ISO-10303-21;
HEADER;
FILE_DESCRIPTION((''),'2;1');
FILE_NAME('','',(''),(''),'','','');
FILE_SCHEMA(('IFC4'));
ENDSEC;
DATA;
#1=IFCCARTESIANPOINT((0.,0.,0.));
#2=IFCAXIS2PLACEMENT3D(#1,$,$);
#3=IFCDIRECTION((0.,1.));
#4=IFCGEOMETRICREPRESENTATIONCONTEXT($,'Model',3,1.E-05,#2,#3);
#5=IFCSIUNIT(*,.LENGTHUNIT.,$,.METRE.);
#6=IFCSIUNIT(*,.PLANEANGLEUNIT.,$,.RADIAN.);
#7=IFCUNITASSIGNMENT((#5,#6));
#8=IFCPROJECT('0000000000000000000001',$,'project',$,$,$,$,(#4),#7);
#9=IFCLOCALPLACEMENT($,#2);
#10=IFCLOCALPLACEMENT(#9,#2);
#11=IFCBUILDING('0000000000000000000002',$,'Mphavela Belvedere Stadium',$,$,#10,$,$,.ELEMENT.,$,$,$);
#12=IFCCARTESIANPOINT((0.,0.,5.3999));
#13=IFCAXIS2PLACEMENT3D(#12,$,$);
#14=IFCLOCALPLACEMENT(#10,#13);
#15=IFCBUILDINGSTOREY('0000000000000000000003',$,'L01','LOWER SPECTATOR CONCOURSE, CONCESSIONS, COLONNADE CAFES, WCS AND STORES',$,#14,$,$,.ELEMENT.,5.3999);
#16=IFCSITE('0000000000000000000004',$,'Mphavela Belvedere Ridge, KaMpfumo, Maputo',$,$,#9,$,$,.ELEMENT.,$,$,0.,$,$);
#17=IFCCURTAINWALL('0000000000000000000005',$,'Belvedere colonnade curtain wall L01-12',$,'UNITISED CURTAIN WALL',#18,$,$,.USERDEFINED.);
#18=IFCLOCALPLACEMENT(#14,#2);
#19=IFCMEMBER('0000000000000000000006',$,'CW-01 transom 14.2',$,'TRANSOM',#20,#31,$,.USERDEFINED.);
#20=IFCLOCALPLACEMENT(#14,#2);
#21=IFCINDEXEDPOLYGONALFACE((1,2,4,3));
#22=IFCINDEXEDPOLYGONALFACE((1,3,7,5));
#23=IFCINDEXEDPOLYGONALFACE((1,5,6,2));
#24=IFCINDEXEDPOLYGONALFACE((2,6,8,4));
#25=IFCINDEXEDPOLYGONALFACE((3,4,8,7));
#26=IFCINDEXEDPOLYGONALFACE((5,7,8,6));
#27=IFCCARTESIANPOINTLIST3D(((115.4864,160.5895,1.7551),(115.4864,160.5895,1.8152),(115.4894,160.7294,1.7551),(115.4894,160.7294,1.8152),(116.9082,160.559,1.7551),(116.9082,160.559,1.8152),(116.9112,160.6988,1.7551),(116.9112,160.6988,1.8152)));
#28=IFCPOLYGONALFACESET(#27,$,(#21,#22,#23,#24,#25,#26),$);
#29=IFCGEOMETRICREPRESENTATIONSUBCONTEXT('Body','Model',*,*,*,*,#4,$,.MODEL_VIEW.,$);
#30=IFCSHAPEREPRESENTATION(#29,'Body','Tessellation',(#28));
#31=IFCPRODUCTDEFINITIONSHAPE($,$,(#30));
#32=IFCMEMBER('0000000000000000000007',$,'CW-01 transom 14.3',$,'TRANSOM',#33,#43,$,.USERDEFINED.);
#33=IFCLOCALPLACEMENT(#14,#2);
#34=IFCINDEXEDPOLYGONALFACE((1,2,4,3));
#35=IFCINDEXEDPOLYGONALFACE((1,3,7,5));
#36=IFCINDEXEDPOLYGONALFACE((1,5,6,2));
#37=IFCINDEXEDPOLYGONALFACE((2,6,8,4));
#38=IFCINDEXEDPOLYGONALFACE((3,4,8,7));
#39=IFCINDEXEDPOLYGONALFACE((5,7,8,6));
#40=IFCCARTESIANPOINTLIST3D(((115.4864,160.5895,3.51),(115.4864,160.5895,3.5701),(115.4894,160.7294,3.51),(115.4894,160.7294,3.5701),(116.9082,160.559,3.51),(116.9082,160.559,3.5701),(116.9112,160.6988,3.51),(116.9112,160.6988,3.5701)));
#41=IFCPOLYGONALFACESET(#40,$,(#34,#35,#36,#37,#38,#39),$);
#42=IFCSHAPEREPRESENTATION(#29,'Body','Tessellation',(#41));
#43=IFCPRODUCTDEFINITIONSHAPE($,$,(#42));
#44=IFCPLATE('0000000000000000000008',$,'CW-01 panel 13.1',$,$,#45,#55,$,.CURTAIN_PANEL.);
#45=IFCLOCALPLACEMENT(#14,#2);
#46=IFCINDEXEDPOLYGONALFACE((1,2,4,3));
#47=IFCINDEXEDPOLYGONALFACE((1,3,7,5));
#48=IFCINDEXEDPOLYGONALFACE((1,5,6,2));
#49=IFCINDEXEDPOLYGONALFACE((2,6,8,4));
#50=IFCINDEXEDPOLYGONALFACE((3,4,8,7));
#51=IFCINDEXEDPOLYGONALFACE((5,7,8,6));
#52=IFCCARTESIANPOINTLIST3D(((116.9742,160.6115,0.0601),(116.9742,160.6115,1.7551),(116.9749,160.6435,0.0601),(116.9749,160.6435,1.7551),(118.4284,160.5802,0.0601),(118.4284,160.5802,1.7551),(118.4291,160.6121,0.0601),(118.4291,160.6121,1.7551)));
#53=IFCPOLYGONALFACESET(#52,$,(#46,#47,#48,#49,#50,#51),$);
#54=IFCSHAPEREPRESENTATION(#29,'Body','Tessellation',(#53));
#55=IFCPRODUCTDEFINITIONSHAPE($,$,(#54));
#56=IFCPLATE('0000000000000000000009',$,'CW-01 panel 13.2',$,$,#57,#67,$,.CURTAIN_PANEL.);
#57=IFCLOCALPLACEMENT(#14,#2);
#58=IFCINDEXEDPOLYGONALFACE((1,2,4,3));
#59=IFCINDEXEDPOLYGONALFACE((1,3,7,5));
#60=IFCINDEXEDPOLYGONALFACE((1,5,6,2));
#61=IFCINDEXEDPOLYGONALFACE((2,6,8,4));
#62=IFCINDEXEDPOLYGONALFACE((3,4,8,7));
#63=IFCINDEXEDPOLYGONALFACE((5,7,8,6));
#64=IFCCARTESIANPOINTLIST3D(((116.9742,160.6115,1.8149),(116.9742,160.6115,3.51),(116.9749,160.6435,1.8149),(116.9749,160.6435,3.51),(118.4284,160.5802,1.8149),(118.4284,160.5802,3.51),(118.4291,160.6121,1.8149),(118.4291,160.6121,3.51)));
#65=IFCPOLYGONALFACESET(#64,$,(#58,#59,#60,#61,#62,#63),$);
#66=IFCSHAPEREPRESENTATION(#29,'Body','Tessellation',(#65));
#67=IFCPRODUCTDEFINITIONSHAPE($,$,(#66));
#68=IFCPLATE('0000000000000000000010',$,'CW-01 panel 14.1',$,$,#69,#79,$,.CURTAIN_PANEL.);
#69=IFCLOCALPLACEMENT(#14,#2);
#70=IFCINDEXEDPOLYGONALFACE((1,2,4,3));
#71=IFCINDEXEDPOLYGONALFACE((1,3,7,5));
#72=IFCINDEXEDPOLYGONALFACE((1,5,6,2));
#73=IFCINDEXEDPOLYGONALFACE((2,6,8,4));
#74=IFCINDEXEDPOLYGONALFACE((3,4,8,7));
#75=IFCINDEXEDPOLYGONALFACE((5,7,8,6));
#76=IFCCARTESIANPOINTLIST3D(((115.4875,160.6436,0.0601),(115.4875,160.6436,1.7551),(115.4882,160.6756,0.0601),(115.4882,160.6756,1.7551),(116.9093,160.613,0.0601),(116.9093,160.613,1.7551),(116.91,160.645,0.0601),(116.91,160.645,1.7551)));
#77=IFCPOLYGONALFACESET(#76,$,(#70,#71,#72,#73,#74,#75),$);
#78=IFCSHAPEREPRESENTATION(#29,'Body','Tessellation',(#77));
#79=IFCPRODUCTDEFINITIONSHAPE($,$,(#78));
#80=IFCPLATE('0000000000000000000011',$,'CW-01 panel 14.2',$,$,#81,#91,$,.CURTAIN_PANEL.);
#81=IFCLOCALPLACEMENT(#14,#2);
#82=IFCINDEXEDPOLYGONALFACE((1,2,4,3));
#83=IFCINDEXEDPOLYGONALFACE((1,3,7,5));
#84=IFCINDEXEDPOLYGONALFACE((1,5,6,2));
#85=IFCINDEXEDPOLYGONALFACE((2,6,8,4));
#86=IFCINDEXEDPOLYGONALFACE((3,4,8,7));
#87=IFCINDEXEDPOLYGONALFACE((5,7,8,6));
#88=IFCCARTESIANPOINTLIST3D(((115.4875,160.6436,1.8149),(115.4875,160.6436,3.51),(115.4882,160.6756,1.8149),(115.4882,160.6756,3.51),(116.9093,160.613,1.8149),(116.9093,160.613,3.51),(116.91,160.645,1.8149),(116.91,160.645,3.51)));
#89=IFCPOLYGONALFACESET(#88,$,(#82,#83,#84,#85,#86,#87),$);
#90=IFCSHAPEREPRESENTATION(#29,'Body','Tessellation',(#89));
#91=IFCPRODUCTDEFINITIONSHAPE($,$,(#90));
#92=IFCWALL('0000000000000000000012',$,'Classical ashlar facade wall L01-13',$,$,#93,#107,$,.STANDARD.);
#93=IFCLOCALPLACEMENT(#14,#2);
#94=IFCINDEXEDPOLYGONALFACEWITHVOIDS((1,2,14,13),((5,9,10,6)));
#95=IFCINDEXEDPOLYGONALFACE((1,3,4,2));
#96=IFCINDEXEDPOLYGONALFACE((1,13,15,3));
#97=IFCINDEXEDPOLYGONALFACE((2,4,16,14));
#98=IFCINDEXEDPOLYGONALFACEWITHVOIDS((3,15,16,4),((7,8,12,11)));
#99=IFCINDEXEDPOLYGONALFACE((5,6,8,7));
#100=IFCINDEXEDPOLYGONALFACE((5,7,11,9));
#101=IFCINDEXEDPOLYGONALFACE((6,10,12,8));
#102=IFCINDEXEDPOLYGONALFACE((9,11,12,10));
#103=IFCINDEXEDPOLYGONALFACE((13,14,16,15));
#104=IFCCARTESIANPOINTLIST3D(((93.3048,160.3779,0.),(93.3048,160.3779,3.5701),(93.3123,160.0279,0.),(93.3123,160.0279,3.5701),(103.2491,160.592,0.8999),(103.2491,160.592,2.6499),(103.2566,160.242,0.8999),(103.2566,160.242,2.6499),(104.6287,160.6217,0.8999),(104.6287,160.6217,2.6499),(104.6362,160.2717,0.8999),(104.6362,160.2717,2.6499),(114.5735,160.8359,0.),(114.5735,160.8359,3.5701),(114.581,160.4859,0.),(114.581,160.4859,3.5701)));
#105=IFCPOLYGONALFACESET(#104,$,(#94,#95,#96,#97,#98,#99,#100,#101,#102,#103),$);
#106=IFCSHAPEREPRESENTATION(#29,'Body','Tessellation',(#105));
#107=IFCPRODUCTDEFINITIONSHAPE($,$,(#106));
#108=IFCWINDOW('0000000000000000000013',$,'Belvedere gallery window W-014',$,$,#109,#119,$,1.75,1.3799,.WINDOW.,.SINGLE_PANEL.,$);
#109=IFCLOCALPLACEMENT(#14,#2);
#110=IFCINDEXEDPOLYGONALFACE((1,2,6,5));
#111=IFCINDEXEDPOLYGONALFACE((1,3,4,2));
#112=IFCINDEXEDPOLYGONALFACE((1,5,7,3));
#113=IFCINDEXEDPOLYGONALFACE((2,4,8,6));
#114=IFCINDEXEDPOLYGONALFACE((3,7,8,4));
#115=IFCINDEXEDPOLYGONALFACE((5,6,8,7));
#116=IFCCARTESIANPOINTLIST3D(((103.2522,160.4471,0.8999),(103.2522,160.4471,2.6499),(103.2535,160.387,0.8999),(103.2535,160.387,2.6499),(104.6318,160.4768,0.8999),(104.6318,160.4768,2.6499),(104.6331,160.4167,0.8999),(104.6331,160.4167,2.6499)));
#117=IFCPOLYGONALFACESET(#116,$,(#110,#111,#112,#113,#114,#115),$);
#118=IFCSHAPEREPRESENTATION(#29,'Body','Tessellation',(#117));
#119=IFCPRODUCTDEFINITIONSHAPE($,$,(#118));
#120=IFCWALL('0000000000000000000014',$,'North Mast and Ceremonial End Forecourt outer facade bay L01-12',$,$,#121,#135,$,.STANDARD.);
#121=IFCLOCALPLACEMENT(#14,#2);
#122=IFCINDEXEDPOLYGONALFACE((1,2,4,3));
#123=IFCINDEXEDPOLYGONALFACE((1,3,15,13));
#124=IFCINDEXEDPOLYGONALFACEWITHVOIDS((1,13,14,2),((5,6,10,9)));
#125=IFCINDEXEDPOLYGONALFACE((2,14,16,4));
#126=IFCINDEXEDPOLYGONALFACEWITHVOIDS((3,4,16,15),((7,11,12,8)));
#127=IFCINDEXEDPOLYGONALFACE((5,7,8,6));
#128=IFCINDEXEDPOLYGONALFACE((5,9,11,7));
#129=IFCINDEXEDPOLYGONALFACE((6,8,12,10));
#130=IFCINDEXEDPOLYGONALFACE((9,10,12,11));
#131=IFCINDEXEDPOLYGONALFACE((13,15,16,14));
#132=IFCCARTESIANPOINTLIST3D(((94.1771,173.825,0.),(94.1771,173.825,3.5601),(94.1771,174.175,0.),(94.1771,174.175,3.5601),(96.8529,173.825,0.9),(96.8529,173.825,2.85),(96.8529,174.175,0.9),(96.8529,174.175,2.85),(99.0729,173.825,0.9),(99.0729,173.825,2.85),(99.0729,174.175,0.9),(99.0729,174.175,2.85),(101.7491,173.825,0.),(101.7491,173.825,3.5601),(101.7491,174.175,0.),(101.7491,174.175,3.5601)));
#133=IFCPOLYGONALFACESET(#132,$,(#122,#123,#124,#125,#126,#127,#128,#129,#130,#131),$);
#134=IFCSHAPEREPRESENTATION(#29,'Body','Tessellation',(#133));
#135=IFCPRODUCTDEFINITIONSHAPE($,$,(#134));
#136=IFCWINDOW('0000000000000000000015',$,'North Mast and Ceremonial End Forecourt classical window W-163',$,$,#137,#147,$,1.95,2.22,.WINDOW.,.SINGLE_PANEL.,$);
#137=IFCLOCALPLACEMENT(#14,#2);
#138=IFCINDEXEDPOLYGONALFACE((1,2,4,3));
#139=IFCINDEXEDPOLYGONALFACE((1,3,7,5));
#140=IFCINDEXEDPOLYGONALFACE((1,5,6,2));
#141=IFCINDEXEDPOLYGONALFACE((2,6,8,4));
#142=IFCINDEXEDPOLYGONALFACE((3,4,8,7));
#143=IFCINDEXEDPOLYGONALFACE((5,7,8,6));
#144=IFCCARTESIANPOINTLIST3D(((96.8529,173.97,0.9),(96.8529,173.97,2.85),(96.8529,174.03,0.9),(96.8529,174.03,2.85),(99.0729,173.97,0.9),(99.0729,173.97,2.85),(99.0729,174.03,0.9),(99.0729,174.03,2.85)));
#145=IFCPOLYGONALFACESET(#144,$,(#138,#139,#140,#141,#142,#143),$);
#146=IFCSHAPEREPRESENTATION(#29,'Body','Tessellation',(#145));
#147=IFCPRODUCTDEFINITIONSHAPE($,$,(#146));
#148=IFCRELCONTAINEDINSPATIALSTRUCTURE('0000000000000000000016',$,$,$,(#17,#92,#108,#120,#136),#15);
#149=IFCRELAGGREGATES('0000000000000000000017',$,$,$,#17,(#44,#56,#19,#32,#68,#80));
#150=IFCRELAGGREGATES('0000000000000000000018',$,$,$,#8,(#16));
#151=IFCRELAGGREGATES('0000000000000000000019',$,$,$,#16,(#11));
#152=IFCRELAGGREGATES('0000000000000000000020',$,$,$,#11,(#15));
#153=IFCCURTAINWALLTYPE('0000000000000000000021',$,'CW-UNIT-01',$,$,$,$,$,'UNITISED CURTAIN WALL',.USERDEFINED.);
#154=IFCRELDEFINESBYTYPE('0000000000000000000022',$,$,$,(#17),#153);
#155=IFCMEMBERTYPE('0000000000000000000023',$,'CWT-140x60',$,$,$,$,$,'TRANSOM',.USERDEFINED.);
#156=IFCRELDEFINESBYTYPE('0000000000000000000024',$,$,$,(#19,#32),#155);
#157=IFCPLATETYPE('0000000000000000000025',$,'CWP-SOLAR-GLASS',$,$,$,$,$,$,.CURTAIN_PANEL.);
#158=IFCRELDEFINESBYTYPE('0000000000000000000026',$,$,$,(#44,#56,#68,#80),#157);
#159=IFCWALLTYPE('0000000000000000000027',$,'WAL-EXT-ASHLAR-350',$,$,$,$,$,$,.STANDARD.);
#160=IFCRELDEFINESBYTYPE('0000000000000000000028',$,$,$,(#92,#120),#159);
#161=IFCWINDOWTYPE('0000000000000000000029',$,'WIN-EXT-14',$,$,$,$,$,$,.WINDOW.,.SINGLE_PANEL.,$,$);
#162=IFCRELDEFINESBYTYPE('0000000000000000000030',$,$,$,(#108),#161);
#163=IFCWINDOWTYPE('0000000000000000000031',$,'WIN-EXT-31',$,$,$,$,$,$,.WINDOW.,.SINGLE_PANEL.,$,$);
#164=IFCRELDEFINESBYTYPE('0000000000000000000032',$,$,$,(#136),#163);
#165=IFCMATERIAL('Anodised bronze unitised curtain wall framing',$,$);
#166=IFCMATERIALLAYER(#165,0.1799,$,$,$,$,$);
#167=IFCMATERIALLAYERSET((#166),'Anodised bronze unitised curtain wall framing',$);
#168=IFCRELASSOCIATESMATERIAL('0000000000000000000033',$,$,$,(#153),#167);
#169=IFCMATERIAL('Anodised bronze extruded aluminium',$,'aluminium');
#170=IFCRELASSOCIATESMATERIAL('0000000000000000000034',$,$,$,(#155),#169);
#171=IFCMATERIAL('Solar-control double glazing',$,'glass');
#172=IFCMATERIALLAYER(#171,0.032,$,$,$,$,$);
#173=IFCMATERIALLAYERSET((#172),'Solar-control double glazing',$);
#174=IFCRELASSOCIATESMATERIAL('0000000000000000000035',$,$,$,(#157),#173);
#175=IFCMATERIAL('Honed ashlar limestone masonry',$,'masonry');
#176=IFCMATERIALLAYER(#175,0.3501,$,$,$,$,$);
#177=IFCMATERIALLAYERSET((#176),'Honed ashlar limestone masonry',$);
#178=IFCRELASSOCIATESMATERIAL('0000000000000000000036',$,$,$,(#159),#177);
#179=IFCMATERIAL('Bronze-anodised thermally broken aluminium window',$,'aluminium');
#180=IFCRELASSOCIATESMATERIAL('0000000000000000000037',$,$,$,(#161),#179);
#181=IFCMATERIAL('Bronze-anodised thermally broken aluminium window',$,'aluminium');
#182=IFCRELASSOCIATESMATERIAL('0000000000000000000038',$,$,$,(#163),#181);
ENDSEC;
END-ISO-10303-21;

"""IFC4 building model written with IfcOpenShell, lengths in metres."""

from ifc_helpers import new_model, si_unit, direction, frame, frame_2d, origin, origin_2d, place, context, subcontext, project, spatial, rectangle, extrude, material, layer, layer_set, material_profile, profile_set, type_object, element, fill, aggregate, save


model = new_model("IFC4")

# Units and contexts
model_context = context("Model", 3, precision=1e-05, world=origin(), true_north=direction((0.0, 1.0)))
body_context = subcontext(model_context, "Body", "Model", "MODEL_VIEW")
ifc_project = project(units=[si_unit("LENGTHUNIT", "METRE"), si_unit("PLANEANGLEUNIT", "RADIAN")], contexts=[model_context])

# Site, building, storey
site_placement = place(None, origin())
site = spatial("IfcSite", under=ifc_project, at=site_placement, Name="Mphavela Belvedere Ridge, KaMpfumo, Maputo", CompositionType="ELEMENT", RefElevation=0.0)
building_placement = place(site_placement, origin())
building = spatial("IfcBuilding", under=site, at=building_placement, Name="Mphavela Belvedere Stadium", CompositionType="ELEMENT")
storey_placement = place(building_placement, frame((0.0, 0.0, 5.3999)))
storey = spatial("IfcBuildingStorey", under=building, at=storey_placement, Name="L01", Description="LOWER SPECTATOR CONCOURSE, CONCESSIONS, COLONNADE CAFES, WCS AND STORES", CompositionType="ELEMENT", Elevation=5.3999)

# Curtain wall, members, plates
ifc_material_1 = material(Name="Anodised bronze unitised curtain wall framing")
ifc_layer_1 = layer(ifc_material_1, 0.1799)
ifc_layer_set_1 = layer_set([ifc_layer_1], Name="Anodised bronze unitised curtain wall framing")
curtain_wall_type = type_object("IfcCurtainWallType", Name="CW-UNIT-01", ElementType="UNITISED CURTAIN WALL", PredefinedType="USERDEFINED", material=ifc_layer_set_1)
curtain_wall_placement = place(storey_placement, origin())
curtain_wall = element("IfcCurtainWall", 1, at=curtain_wall_placement, inside=storey, type_object=curtain_wall_type, Name="Belvedere colonnade curtain wall L01-12", ObjectType="UNITISED CURTAIN WALL", PredefinedType="USERDEFINED")
ifc_material_2 = material(Name="Anodised bronze extruded aluminium", Category="aluminium")
ifc_material_profile_1 = material_profile(ifc_material_2, rectangle(XDim=0.1399, YDim=0.0601, at=origin_2d()), Name="CW-TRN 140x60")
ifc_profile_set_1 = profile_set([ifc_material_profile_1], Name="Anodised bronze extruded aluminium")
member_type_1 = type_object("IfcMemberType", Name="CWT-140x60", ElementType="TRANSOM", PredefinedType="USERDEFINED", material=ifc_profile_set_1)
member_1_placement = place(storey_placement, frame((116.9097, 160.6289, 1.7852), z_axis=(-0.99977, 0.021458, 0.0), x_axis=(-0.021458, -0.99977, 0.0)))
member_1 = element("IfcMember", 2, at=member_1_placement, type_object=member_type_1, Name="CW-01 transom 14.2", ObjectType="TRANSOM", PredefinedType="USERDEFINED", context=body_context, shape_type="SweptSolid", body=[
    extrude(rectangle(XDim=0.1399, YDim=0.0601, at=origin_2d()), origin(), (0.0, 0.0, 1.0), 1.4221),
])
member_2_placement = place(storey_placement, frame((116.9097, 160.6289, 3.54), z_axis=(-0.99977, 0.021458, 0.0), x_axis=(-0.021458, -0.99977, 0.0)))
member_2 = element("IfcMember", 3, at=member_2_placement, type_object=member_type_1, Name="CW-01 transom 14.3", ObjectType="TRANSOM", PredefinedType="USERDEFINED", context=body_context, shape_type="SweptSolid", body=[
    extrude(rectangle(XDim=0.1399, YDim=0.0601, at=origin_2d()), origin(), (0.0, 0.0, 1.0), 1.4221),
])
ifc_material_3 = material(Name="Solar-control double glazing", Category="glass")
ifc_layer_2 = layer(ifc_material_3, 0.032)
ifc_layer_set_2 = layer_set([ifc_layer_2], Name="Solar-control double glazing")
plate_type = type_object("IfcPlateType", Name="CWP-SOLAR-GLASS", PredefinedType="CURTAIN_PANEL", material=ifc_layer_set_2)
plate_1_placement = place(storey_placement, frame((117.7017, 160.6118, 0.0601), z_axis=(0.0, 0.0, 1.0), x_axis=(-0.999768, 0.021529, 0.0)))
plate_1 = element("IfcPlate", 4, at=plate_1_placement, type_object=plate_type, Name="CW-01 panel 13.1", PredefinedType="CURTAIN_PANEL", context=body_context, shape_type="SweptSolid", body=[
    extrude(rectangle(XDim=1.4546, YDim=0.032, at=origin_2d()), origin(), (0.0, 0.0, 1.0), 1.6951),
])
plate_2_placement = place(storey_placement, frame((117.7017, 160.6118, 1.8149), z_axis=(0.0, 0.0, 1.0), x_axis=(-0.999768, 0.021529, 0.0)))
plate_2 = element("IfcPlate", 5, at=plate_2_placement, type_object=plate_type, Name="CW-01 panel 13.2", PredefinedType="CURTAIN_PANEL", context=body_context, shape_type="SweptSolid", body=[
    extrude(rectangle(XDim=1.4546, YDim=0.032, at=origin_2d()), origin(), (0.0, 0.0, 1.0), 1.6951),
])
plate_3_placement = place(storey_placement, frame((116.1987, 160.6443, 0.0601), z_axis=(0.0, 0.0, 1.0), x_axis=(-0.999768, 0.021529, 0.0)))
plate_3 = element("IfcPlate", 6, at=plate_3_placement, type_object=plate_type, Name="CW-01 panel 14.1", PredefinedType="CURTAIN_PANEL", context=body_context, shape_type="SweptSolid", body=[
    extrude(rectangle(XDim=1.4221, YDim=0.032, at=origin_2d()), origin(), (0.0, 0.0, 1.0), 1.6951),
])
plate_4_placement = place(storey_placement, frame((116.1987, 160.6443, 1.8149), z_axis=(0.0, 0.0, 1.0), x_axis=(-0.999768, 0.021529, 0.0)))
plate_4 = element("IfcPlate", 7, at=plate_4_placement, type_object=plate_type, Name="CW-01 panel 14.2", PredefinedType="CURTAIN_PANEL", context=body_context, shape_type="SweptSolid", body=[
    extrude(rectangle(XDim=1.4221, YDim=0.032, at=origin_2d()), origin(), (0.0, 0.0, 1.0), 1.6951),
])
aggregate(curtain_wall, [plate_1, plate_2, member_1, member_2, plate_3, plate_4])

# Walls, openings, windows
ifc_material_4 = material(Name="Honed ashlar limestone masonry", Category="masonry")
ifc_layer_3 = layer(ifc_material_4, 0.3501)
ifc_layer_set_3 = layer_set([ifc_layer_3], Name="Honed ashlar limestone masonry")
wall_type_1 = type_object("IfcWallType", Name="WAL-EXT-ASHLAR-350", PredefinedType="STANDARD", material=ifc_layer_set_3)
wall_1_placement = place(storey_placement, frame((114.5771, 160.6609, 0.0), z_axis=(0.0, 0.0, 1.0), x_axis=(-0.999768, -0.021529, 0.0)))
wall_1 = element("IfcWall", 8, at=wall_1_placement, inside=storey, type_object=wall_type_1, Name="Classical ashlar facade wall L01-13", PredefinedType="STANDARD", context=body_context, shape_type="SweptSolid", body=[
    extrude(rectangle(XDim=21.2737, YDim=0.3501, at=frame_2d((10.6367, 0.0))), origin(), (0.0, 0.0, 1.0), 3.5701),
])
opening_1_placement = place(wall_1_placement, frame((9.947, 0.0, 0.8999)))
opening_1 = element("IfcOpeningElement", 9, at=opening_1_placement, cuts=wall_1, PredefinedType="OPENING", context=body_context, shape_type="SweptSolid", body=[
    extrude(rectangle(XDim=1.3799, YDim=1.75, at=frame_2d((0.6899, 0.875))), frame((0.0, 0.1851, 0.0), z_axis=(0.0, -1.0, 0.0), x_axis=(1.0, 0.0, 0.0)), (0.0, 0.0, 1.0), 0.3701),
])
ifc_material_5 = material(Name="Bronze-anodised thermally broken aluminium window", Category="aluminium")
window_type_1 = type_object("IfcWindowType", Name="WIN-EXT-14", PartitioningType="SINGLE_PANEL", PredefinedType="WINDOW", material=ifc_material_5)
window_1_placement = place(opening_1_placement, origin())
window_1 = element("IfcWindow", 10, at=window_1_placement, inside=storey, type_object=window_type_1, Name="Belvedere gallery window W-014", OverallHeight=1.75, OverallWidth=1.3799, PartitioningType="SINGLE_PANEL", PredefinedType="WINDOW", context=body_context, shape_type="SweptSolid", body=[
    extrude(rectangle(XDim=1.3799, YDim=1.75, at=frame_2d((0.6899, 0.875))), frame((0.0, 0.03, 0.0), z_axis=(0.0, -1.0, 0.0), x_axis=(1.0, 0.0, 0.0)), (0.0, 0.0, 1.0), 0.0601),
])
fill(opening_1, window_1)
wall_2_placement = place(storey_placement, frame((94.177, 174.0, 0.0), z_axis=(0.0, 0.0, 1.0), x_axis=(1.0, 0.0, 0.0)))
wall_2 = element("IfcWall", 11, at=wall_2_placement, inside=storey, type_object=wall_type_1, Name="North Mast and Ceremonial End Forecourt outer facade bay L01-12", PredefinedType="STANDARD", context=body_context, shape_type="SweptSolid", body=[
    extrude(rectangle(XDim=7.572, YDim=0.3501, at=frame_2d((3.7861, 0.0))), origin(), (0.0, 0.0, 1.0), 3.5601),
])
opening_2_placement = place(wall_2_placement, frame((2.676, 0.0, 0.8999)))
opening_2 = element("IfcOpeningElement", 12, at=opening_2_placement, cuts=wall_2, PredefinedType="OPENING", context=body_context, shape_type="SweptSolid", body=[
    extrude(rectangle(XDim=2.22, YDim=1.95, at=frame_2d((1.1099, 0.9751))), frame((0.0, 0.1851, 0.0), z_axis=(0.0, -1.0, 0.0), x_axis=(1.0, 0.0, 0.0)), (0.0, 0.0, 1.0), 0.3701),
])
ifc_material_6 = material(Name="Bronze-anodised thermally broken aluminium window", Category="aluminium")
window_type_2 = type_object("IfcWindowType", Name="WIN-EXT-31", PartitioningType="SINGLE_PANEL", PredefinedType="WINDOW", material=ifc_material_6)
window_2_placement = place(opening_2_placement, origin())
window_2 = element("IfcWindow", 13, at=window_2_placement, inside=storey, type_object=window_type_2, Name="North Mast and Ceremonial End Forecourt classical window W-163", OverallHeight=1.95, OverallWidth=2.22, PartitioningType="SINGLE_PANEL", PredefinedType="WINDOW", context=body_context, shape_type="SweptSolid", body=[
    extrude(rectangle(XDim=2.22, YDim=1.95, at=frame_2d((1.1099, 0.9751))), frame((0.0, 0.03, 0.0), z_axis=(0.0, -1.0, 0.0), x_axis=(1.0, 0.0, 0.0)), (0.0, 0.0, 1.0), 0.0601),
])
fill(opening_2, window_2)

save(model, "model.ifc")
